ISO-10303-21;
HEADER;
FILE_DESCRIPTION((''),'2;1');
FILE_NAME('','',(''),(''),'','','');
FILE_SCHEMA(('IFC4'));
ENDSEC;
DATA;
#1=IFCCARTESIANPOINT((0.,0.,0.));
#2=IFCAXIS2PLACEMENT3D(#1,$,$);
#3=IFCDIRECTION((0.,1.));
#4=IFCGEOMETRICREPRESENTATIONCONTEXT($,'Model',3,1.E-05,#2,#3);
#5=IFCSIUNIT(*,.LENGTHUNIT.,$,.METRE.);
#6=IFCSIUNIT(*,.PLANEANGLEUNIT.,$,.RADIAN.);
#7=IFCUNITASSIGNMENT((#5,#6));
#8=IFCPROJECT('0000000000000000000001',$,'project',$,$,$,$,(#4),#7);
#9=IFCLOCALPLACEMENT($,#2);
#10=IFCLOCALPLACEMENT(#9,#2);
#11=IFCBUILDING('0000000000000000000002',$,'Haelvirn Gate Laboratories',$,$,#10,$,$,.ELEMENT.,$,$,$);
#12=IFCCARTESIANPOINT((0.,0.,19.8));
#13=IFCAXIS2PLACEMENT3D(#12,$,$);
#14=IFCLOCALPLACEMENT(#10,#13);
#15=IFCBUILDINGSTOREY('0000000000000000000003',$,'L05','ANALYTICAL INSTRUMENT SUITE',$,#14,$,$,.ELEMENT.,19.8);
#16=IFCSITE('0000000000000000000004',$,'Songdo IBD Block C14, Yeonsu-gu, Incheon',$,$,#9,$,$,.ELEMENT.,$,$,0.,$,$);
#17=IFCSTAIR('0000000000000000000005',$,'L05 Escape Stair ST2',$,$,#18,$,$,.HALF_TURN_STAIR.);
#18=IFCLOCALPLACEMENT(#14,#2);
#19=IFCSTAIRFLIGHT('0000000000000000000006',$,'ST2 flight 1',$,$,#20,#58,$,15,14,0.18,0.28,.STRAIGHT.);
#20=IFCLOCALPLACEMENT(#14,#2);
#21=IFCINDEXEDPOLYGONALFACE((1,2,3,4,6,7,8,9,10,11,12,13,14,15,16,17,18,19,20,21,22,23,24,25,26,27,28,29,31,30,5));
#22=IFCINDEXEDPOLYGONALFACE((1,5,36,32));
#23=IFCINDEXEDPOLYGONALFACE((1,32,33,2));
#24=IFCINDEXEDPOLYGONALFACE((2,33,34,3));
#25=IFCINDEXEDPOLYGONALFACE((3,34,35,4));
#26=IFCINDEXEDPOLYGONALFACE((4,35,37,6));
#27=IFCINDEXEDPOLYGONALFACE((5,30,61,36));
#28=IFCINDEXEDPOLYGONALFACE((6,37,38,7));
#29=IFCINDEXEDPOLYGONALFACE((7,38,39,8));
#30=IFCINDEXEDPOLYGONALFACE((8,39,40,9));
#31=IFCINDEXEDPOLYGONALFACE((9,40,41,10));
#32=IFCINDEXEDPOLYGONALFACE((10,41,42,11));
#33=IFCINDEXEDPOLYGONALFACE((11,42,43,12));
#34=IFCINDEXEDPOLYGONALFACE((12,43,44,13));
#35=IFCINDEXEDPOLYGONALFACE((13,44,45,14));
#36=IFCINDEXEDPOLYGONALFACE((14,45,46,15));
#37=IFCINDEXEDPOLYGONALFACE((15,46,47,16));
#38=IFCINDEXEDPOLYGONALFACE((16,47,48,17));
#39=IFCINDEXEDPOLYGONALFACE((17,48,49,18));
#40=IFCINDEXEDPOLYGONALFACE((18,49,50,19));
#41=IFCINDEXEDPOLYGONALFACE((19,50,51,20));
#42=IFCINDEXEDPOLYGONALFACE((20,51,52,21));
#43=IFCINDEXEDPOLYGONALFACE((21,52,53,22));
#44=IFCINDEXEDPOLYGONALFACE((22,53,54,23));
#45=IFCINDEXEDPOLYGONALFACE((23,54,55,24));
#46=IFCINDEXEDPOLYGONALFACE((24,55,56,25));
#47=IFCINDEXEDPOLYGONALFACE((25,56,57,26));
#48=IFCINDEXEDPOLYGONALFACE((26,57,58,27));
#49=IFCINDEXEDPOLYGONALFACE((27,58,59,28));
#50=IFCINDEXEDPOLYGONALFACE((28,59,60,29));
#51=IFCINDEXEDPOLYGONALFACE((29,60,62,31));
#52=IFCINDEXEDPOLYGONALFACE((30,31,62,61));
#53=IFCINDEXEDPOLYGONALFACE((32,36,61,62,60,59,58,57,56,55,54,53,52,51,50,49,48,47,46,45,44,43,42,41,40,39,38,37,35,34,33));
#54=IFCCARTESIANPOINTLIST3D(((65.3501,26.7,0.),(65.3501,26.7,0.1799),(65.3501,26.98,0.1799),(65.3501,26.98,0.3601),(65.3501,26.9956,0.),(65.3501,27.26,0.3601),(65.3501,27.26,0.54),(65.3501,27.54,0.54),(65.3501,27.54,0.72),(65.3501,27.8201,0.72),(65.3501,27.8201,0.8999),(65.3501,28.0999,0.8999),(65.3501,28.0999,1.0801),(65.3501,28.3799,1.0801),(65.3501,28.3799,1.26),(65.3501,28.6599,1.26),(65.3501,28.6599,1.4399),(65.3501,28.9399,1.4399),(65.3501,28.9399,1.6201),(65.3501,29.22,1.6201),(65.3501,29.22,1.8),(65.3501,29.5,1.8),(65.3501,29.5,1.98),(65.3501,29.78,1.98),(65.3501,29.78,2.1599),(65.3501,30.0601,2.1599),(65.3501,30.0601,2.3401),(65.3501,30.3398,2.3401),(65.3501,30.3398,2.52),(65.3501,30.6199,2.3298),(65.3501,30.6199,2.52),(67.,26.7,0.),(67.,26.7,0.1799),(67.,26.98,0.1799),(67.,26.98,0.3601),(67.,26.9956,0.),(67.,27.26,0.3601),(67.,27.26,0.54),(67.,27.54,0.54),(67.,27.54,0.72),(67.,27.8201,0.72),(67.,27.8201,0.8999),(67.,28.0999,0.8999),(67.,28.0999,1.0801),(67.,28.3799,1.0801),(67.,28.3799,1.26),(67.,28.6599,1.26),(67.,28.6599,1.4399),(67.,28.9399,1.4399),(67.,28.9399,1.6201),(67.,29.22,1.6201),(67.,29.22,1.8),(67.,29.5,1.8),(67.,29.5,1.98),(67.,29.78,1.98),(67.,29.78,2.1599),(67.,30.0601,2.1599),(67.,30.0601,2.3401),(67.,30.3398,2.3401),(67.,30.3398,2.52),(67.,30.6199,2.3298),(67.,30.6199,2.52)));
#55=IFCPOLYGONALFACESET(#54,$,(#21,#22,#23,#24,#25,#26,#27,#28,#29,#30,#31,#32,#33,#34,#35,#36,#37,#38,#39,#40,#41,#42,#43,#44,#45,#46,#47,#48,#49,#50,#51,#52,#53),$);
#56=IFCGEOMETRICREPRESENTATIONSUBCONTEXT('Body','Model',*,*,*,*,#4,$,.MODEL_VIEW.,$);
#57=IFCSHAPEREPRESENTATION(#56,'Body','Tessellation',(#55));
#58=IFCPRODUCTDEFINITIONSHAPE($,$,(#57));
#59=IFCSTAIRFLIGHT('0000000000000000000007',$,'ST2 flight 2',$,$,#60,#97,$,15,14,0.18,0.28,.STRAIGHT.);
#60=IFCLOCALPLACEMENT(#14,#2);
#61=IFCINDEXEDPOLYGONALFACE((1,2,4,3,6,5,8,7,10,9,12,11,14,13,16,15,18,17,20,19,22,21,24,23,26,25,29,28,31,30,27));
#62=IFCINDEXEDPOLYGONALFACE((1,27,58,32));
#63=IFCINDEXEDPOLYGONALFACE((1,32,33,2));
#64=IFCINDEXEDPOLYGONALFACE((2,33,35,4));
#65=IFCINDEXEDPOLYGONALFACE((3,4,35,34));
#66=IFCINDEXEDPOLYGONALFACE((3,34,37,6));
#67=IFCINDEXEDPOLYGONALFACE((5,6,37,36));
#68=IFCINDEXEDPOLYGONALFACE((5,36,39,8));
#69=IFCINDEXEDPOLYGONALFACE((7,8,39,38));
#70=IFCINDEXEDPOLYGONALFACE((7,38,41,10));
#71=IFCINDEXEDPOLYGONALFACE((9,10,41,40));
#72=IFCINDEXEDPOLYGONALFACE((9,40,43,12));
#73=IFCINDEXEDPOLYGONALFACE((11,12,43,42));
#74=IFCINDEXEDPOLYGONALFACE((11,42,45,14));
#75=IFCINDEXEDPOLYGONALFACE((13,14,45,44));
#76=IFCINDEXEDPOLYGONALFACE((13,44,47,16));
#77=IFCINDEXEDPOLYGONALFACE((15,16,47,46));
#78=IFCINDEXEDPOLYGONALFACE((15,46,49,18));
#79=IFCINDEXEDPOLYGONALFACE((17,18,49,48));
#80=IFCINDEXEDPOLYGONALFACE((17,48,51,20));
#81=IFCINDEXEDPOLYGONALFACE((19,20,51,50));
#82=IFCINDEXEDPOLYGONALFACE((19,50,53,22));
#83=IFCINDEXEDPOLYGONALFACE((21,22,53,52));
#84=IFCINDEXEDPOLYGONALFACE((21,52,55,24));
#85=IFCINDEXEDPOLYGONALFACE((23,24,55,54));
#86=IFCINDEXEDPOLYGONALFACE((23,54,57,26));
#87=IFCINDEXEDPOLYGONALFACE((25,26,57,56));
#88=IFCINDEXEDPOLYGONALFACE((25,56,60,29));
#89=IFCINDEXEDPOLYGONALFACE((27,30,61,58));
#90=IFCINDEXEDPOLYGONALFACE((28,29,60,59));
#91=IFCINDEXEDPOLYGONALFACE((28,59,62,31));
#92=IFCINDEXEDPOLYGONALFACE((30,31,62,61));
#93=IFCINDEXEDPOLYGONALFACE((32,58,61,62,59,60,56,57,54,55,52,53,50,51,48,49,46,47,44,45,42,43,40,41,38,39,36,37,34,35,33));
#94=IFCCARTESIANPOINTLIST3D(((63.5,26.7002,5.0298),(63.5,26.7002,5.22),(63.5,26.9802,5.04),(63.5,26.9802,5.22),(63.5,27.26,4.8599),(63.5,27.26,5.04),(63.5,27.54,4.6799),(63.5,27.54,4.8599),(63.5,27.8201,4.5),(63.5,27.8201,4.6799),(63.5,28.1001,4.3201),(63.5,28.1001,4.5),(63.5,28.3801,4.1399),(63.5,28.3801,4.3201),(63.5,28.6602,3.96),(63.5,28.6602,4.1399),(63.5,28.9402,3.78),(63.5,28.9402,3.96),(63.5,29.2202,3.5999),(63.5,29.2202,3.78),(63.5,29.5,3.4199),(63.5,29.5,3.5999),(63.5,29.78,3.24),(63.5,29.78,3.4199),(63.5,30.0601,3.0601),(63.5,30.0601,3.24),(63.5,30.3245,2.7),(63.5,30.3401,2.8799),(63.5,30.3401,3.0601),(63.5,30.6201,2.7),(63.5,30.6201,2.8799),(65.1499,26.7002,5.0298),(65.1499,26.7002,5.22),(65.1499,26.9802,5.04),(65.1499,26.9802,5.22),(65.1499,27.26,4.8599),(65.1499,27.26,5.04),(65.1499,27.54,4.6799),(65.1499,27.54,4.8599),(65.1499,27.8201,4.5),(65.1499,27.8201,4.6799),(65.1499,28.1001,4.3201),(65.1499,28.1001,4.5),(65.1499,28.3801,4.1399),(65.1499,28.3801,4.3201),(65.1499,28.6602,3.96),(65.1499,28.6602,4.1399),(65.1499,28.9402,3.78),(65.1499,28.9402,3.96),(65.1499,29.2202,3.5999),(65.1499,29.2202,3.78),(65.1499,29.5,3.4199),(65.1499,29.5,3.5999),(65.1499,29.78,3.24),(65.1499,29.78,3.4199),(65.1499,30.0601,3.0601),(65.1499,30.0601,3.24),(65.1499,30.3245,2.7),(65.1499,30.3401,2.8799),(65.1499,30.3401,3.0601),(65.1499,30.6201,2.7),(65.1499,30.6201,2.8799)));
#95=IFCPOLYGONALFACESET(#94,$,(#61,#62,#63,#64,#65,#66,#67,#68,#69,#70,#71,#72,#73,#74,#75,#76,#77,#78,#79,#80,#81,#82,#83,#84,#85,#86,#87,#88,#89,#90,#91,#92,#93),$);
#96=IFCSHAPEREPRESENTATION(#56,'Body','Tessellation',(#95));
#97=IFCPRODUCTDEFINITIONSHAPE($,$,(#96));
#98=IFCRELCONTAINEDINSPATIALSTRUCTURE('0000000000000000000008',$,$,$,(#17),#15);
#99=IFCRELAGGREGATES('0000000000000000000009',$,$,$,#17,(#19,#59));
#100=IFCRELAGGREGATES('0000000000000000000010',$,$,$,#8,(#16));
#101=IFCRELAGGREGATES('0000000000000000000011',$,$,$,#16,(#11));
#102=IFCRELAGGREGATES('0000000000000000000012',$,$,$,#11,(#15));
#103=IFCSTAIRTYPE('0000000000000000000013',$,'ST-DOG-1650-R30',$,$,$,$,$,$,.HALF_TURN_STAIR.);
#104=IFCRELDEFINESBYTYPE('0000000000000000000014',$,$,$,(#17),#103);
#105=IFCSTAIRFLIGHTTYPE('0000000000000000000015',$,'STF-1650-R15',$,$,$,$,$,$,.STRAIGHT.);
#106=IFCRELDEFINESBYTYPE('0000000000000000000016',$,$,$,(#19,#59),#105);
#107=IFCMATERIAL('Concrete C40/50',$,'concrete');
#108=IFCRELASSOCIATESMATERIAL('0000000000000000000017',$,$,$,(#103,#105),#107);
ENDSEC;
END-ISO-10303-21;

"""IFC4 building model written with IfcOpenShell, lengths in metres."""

from ifc_helpers import new_model, si_unit, direction, frame, origin, place, context, subcontext, project, spatial, polyline, outline, extrude, source, transform, mapped, material, type_object, type_shapes, element, aggregate, save


model = new_model("IFC4")

# Units and contexts
model_context = context("Model", 3, precision=1e-05, world=origin(), true_north=direction((0.0, 1.0)))
body_context = subcontext(model_context, "Body", "Model", "MODEL_VIEW")
ifc_project = project(units=[si_unit("LENGTHUNIT", "METRE"), si_unit("PLANEANGLEUNIT", "RADIAN")], contexts=[model_context])

# Site, building, storey
site_placement = place(None, origin())
site = spatial("IfcSite", under=ifc_project, at=site_placement, Name="Songdo IBD Block C14, Yeonsu-gu, Incheon", CompositionType="ELEMENT", RefElevation=0.0)
building_placement = place(site_placement, origin())
building = spatial("IfcBuilding", under=site, at=building_placement, Name="Haelvirn Gate Laboratories", CompositionType="ELEMENT")
storey_placement = place(building_placement, frame((0.0, 0.0, 19.8)))
storey = spatial("IfcBuildingStorey", under=building, at=storey_placement, Name="L05", Description="ANALYTICAL INSTRUMENT SUITE", CompositionType="ELEMENT", Elevation=19.8)

# Shared definitions
ifc_material_1 = material(Name="Concrete C40/50", Category="concrete")

# Stair, stair flights
stair_type = type_object("IfcStairType", Name="ST-DOG-1650-R30", PredefinedType="HALF_TURN_STAIR", material=ifc_material_1)
stair_placement = place(storey_placement, origin())
stair = element("IfcStair", 1, at=stair_placement, inside=storey, type_object=stair_type, Name="L05 Escape Stair ST2", PredefinedType="HALF_TURN_STAIR")
stair_flight_type = type_object("IfcStairFlightType", Name="STF-1650-R15", PredefinedType="STRAIGHT", material=ifc_material_1)
shared_shape_1 = source(origin(), body_context, "Body", "SweptSolid", [
    extrude(outline(polyline([(0.0, 0.0), (0.0, 0.1799), (0.28, 0.1799), (0.28, 0.3601), (0.5601, 0.3601), (0.5601, 0.54), (0.8401, 0.54), (0.8401, 0.72), (1.1201, 0.72), (1.1201, 0.8999), (1.3999, 0.8999), (1.3999, 1.0801), (1.6799, 1.0801), (1.6799, 1.26), (1.96, 1.26), (1.96, 1.4399), (2.24, 1.4399), (2.24, 1.6201), (2.52, 1.6201), (2.52, 1.8), (2.8, 1.8), (2.8, 1.98), (3.0801, 1.98), (3.0801, 2.1599), (3.3601, 2.1599), (3.3601, 2.3401), (3.6399, 2.3401), (3.6399, 2.52), (3.9199, 2.52), (3.9199, 2.7), (3.9199, 2.3298), (0.2957, 0.0), (0.0, 0.0)])), frame((0.0, 0.825, 0.0), z_axis=(0.0, -1.0, 0.0), x_axis=(1.0, 0.0, 0.0)), (0.0, 0.0, 1.0), 1.6499),
])
type_shapes(stair_flight_type, [shared_shape_1])
stair_flight_1_placement = place(storey_placement, frame((66.175, 26.7, 0.0), z_axis=(0.0, 0.0, 1.0), x_axis=(0.0, 1.0, 0.0)))
stair_flight_1 = element("IfcStairFlight", 2, at=stair_flight_1_placement, type_object=stair_flight_type, Name="ST2 flight 1", NumberOfRisers=15, NumberOfTreads=14, PredefinedType="STRAIGHT", RiserHeight=0.18, TreadLength=0.28, context=body_context, shape_type="MappedRepresentation", body=[
    mapped(shared_shape_1, transform((0.0, 0.0, 0.0), scale=1.0)),
])
stair_flight_2_placement = place(storey_placement, frame((64.325, 30.6201, 2.7), z_axis=(0.0, 0.0, 1.0), x_axis=(0.0, -1.0, 0.0)))
stair_flight_2 = element("IfcStairFlight", 3, at=stair_flight_2_placement, type_object=stair_flight_type, Name="ST2 flight 2", NumberOfRisers=15, NumberOfTreads=14, PredefinedType="STRAIGHT", RiserHeight=0.18, TreadLength=0.28, context=body_context, shape_type="MappedRepresentation", body=[
    mapped(shared_shape_1, transform((0.0, 0.0, 0.0), scale=1.0)),
])
aggregate(stair, [stair_flight_1, stair_flight_2])

save(model, "model.ifc")
